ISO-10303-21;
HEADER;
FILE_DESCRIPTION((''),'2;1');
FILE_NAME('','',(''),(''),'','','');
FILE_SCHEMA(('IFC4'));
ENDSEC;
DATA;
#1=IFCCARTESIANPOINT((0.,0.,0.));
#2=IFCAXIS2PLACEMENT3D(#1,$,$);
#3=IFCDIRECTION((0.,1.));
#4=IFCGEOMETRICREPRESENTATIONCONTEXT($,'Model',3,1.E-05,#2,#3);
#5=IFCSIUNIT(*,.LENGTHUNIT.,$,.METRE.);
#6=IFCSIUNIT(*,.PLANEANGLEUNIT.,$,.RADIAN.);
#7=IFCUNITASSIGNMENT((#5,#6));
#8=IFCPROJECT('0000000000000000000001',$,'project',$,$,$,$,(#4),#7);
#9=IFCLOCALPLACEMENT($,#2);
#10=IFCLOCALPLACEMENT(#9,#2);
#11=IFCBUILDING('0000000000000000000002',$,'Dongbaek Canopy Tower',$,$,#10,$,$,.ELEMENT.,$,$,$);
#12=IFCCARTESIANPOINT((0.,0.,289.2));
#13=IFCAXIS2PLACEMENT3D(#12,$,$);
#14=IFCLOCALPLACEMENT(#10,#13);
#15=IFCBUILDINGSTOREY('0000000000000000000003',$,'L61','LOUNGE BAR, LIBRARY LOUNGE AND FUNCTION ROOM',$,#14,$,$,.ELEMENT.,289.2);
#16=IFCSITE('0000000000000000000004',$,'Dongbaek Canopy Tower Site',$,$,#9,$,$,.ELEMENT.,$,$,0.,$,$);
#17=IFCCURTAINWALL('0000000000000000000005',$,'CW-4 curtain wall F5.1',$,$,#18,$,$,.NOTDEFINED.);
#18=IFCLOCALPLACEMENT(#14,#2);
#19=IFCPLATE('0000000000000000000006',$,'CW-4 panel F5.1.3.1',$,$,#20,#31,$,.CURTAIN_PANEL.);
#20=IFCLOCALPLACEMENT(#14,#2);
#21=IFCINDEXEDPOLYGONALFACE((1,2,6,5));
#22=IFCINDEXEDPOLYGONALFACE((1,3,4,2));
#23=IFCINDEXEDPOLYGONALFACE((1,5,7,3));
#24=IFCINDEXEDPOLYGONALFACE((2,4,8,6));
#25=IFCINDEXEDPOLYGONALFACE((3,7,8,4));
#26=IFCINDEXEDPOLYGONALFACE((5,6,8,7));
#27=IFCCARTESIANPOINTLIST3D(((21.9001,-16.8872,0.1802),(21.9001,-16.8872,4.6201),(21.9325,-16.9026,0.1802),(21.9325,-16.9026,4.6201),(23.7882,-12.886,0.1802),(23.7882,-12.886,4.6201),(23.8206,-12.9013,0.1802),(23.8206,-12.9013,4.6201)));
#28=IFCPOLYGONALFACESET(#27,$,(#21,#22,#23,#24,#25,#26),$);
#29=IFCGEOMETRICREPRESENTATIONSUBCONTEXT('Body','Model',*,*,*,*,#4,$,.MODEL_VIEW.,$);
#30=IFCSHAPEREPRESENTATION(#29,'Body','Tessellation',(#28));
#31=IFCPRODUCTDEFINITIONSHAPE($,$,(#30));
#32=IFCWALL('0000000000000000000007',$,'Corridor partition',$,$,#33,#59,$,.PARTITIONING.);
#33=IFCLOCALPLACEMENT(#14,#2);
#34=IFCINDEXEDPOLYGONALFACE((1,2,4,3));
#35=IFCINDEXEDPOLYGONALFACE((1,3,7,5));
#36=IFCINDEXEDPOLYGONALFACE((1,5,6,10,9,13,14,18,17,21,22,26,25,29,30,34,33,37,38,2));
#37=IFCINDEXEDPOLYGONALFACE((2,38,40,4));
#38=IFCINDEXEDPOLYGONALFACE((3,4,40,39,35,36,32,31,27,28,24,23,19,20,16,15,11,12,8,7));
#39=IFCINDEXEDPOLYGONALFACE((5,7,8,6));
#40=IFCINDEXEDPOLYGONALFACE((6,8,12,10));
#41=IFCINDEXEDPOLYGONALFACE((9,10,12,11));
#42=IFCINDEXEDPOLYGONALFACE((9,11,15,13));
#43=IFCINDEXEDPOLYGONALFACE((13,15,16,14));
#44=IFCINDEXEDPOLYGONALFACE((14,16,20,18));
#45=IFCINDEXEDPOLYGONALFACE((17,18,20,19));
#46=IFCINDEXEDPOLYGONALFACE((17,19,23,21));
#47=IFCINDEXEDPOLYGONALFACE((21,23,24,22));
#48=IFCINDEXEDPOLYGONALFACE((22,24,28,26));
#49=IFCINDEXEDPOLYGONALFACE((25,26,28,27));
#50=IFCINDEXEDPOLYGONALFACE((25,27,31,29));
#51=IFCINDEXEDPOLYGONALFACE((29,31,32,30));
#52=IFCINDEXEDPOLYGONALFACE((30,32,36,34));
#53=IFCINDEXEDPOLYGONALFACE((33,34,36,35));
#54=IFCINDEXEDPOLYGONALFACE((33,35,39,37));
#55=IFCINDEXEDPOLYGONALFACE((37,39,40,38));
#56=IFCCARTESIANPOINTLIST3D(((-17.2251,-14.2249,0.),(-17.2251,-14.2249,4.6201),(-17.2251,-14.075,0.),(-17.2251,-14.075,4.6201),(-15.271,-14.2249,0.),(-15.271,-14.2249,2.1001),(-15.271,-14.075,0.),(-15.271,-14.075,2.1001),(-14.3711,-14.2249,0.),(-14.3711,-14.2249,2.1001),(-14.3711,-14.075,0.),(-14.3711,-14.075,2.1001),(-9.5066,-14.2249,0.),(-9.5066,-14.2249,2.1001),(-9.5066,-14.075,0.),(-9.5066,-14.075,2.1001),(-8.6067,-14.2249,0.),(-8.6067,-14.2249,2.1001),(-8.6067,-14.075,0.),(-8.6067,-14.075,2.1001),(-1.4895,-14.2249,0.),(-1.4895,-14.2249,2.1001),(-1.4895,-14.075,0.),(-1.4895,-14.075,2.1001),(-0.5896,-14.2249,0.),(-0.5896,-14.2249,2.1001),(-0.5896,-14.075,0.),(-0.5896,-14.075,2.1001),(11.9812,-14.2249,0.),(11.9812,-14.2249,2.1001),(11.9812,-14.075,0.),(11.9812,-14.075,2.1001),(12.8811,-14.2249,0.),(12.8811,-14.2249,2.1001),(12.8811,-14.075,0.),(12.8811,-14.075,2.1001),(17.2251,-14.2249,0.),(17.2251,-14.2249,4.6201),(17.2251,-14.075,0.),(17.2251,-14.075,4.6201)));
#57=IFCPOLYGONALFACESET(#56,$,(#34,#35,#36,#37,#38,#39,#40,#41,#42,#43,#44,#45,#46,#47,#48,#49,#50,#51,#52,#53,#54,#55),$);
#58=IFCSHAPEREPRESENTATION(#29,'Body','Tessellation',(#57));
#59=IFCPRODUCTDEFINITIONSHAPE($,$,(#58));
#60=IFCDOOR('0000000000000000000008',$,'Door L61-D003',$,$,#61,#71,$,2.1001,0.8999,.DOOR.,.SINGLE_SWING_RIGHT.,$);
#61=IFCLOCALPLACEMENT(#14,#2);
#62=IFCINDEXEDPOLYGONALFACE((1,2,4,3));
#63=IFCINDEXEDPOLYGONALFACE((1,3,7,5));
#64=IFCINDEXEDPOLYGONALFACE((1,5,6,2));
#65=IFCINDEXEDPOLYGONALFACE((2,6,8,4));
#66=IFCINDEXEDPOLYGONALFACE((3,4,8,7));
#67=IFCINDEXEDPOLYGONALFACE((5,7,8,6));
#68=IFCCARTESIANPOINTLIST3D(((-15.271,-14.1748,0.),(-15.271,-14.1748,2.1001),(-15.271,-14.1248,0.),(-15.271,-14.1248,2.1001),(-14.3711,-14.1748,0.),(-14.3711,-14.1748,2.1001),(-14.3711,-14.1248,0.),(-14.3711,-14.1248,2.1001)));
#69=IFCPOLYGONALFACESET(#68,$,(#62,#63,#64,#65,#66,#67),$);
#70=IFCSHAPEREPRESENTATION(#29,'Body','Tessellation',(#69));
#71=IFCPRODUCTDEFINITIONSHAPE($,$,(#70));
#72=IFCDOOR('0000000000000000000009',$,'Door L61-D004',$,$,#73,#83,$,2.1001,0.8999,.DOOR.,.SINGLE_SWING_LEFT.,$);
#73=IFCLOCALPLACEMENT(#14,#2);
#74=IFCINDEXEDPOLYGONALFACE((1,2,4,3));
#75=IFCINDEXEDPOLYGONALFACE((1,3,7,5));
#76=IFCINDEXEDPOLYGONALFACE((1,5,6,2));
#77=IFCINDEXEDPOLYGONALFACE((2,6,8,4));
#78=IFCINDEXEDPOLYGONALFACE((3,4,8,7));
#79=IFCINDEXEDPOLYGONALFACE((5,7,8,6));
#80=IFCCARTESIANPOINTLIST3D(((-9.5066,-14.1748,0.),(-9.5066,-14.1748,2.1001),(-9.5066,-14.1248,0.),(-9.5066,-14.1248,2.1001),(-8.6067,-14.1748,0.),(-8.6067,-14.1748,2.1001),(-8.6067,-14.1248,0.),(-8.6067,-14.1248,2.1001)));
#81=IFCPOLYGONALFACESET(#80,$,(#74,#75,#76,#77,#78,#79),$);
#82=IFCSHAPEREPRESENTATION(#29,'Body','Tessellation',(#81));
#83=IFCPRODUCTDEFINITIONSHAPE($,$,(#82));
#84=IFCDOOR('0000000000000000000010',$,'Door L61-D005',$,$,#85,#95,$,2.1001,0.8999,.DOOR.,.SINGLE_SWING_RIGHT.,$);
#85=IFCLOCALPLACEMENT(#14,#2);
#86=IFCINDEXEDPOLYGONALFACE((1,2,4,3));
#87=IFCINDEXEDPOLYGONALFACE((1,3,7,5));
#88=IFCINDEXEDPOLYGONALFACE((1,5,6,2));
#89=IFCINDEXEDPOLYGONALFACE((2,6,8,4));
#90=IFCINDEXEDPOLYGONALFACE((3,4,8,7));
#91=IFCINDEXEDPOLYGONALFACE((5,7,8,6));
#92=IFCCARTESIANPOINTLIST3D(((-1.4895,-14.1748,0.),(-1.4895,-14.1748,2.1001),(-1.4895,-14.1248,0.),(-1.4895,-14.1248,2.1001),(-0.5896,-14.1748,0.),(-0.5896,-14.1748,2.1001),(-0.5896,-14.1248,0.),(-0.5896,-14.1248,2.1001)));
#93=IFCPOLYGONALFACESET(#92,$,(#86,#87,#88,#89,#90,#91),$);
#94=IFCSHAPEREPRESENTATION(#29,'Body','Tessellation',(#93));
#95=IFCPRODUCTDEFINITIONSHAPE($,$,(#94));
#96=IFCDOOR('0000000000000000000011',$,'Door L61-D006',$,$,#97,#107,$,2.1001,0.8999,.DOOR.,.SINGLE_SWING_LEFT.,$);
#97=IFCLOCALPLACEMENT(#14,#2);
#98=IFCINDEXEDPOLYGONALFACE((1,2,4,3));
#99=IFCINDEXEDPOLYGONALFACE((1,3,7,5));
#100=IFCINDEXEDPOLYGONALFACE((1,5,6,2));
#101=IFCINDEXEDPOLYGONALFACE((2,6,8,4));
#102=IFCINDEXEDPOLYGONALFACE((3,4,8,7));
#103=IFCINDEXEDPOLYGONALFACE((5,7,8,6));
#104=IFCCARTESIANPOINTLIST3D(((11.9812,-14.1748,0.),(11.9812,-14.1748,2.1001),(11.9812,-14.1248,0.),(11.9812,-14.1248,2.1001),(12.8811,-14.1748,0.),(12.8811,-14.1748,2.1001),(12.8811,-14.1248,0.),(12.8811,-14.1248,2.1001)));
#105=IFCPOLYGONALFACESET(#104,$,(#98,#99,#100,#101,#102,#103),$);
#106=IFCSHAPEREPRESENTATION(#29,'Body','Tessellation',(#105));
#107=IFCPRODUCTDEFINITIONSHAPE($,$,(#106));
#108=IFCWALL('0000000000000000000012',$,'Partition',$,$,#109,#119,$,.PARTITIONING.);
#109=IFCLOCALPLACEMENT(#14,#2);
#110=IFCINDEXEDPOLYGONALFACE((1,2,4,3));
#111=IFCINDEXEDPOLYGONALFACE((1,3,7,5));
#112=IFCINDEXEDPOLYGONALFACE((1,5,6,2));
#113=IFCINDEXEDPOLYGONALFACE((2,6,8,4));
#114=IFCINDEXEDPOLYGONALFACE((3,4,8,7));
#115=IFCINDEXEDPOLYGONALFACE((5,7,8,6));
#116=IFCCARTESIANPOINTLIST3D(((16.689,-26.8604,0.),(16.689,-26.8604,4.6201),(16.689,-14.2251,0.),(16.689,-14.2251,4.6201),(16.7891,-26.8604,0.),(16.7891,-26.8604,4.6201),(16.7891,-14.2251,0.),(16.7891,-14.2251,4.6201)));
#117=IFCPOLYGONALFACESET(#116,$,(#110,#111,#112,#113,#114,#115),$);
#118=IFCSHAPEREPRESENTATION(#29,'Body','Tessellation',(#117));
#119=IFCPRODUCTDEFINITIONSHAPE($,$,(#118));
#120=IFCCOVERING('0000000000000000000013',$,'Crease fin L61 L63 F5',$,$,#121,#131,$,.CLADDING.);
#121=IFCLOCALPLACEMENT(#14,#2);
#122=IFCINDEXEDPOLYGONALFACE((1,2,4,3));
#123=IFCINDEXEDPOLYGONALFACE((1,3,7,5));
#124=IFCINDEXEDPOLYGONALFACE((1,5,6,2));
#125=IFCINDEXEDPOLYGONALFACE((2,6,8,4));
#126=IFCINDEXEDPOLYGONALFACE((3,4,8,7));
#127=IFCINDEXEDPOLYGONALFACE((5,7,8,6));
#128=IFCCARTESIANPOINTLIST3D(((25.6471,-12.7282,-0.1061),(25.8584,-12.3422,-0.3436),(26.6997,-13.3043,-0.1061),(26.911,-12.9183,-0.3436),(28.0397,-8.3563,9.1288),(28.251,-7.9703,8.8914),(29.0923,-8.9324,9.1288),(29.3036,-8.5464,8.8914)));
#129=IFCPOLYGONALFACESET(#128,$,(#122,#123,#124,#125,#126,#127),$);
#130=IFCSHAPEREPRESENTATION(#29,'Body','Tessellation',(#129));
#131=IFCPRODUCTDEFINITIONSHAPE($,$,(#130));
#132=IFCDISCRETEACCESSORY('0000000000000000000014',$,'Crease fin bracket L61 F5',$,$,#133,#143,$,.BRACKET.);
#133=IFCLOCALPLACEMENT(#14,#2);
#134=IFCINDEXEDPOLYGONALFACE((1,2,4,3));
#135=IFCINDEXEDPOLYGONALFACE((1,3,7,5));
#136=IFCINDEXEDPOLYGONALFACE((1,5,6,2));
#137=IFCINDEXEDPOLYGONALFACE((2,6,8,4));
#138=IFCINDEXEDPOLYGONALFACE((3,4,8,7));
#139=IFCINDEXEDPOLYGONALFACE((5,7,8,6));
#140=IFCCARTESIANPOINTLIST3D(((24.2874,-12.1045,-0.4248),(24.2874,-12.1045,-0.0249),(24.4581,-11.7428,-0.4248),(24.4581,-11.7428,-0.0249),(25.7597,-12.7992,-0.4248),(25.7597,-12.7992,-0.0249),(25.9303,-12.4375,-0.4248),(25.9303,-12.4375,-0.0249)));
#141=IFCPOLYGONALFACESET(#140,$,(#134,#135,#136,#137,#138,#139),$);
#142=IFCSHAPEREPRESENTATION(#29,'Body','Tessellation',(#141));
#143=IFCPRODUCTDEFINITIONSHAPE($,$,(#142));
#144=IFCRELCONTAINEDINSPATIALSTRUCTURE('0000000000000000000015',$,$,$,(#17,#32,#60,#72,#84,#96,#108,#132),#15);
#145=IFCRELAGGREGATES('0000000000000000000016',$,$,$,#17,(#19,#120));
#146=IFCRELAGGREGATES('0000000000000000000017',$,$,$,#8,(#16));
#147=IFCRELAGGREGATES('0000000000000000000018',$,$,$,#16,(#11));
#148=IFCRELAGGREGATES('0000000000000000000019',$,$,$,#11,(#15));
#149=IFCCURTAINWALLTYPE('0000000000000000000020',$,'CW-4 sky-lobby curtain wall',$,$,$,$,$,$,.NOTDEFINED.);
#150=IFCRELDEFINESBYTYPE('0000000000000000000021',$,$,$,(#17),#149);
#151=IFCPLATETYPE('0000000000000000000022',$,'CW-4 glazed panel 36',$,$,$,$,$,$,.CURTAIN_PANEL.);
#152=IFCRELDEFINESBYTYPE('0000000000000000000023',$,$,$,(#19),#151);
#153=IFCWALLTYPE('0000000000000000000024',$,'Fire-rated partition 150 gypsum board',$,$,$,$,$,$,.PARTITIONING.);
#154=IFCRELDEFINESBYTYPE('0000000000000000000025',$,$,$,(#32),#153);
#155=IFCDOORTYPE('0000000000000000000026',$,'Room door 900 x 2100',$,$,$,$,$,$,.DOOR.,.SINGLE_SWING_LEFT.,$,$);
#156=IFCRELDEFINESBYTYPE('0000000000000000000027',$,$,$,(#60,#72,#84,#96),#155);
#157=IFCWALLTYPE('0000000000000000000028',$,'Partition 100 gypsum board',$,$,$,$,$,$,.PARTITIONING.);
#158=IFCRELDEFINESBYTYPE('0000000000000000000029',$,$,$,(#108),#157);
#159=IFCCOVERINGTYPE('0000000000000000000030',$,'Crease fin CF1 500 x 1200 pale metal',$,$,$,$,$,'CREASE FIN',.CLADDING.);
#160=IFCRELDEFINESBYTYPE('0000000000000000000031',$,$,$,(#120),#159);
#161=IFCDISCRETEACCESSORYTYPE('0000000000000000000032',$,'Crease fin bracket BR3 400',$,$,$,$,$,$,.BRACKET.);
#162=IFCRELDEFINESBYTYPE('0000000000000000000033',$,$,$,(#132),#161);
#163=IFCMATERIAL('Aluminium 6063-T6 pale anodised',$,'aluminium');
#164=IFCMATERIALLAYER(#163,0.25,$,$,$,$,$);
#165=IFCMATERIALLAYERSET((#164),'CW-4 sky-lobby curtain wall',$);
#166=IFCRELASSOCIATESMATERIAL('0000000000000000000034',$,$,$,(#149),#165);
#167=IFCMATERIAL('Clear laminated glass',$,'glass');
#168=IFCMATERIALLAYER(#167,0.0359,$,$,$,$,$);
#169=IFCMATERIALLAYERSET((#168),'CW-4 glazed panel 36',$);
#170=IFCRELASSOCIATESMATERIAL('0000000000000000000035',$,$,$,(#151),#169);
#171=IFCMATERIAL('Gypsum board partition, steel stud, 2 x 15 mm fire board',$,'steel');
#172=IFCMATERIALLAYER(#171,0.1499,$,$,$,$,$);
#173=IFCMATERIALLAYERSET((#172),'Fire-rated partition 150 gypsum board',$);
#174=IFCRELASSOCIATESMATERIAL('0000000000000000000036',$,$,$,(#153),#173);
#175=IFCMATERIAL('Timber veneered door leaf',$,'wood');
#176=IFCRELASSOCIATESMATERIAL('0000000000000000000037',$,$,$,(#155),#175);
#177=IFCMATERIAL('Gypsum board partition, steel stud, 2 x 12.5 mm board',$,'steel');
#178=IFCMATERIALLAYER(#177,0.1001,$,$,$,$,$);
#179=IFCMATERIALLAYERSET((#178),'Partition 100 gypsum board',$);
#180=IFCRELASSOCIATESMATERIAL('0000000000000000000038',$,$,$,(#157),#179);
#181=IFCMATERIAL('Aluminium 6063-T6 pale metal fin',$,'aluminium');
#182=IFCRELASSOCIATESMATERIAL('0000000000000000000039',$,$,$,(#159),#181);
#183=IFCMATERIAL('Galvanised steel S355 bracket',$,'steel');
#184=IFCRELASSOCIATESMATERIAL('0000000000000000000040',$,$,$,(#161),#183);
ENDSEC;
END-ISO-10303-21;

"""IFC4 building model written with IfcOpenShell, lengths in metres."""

from ifc_helpers import new_model, si_unit, direction, frame, frame_2d, origin, origin_2d, place, context, subcontext, project, spatial, rectangle, extrude, material, layer, layer_set, material_profile, profile_set, type_object, element, fill, aggregate, save


model = new_model("IFC4")

# Units and contexts
model_context = context("Model", 3, precision=1e-05, world=origin(), true_north=direction((0.0, 1.0)))
body_context = subcontext(model_context, "Body", "Model", "MODEL_VIEW")
ifc_project = project(units=[si_unit("LENGTHUNIT", "METRE"), si_unit("PLANEANGLEUNIT", "RADIAN")], contexts=[model_context])

# Site, building, storey
site_placement = place(None, origin())
site = spatial("IfcSite", under=ifc_project, at=site_placement, Name="Dongbaek Canopy Tower Site", CompositionType="ELEMENT", RefElevation=0.0)
building_placement = place(site_placement, origin())
building = spatial("IfcBuilding", under=site, at=building_placement, Name="Dongbaek Canopy Tower", CompositionType="ELEMENT")
storey_placement = place(building_placement, frame((0.0, 0.0, 289.2)))
storey = spatial("IfcBuildingStorey", under=building, at=storey_placement, Name="L61", Description="LOUNGE BAR, LIBRARY LOUNGE AND FUNCTION ROOM", CompositionType="ELEMENT", Elevation=289.2)

# Curtain wall
ifc_material_1 = material(Name="Aluminium 6063-T6 pale anodised", Category="aluminium")
ifc_layer_1 = layer(ifc_material_1, 0.25)
ifc_layer_set_1 = layer_set([ifc_layer_1], Name="CW-4 sky-lobby curtain wall")
curtain_wall_type = type_object("IfcCurtainWallType", Name="CW-4 sky-lobby curtain wall", PredefinedType="NOTDEFINED", material=ifc_layer_set_1)
curtain_wall_1_placement = place(storey_placement, origin())
curtain_wall_1 = element("IfcCurtainWall", 1, at=curtain_wall_1_placement, inside=storey, type_object=curtain_wall_type, Name="CW-4 curtain wall F5.1", PredefinedType="NOTDEFINED")

# Plate
ifc_material_2 = material(Name="Clear laminated glass", Category="glass")
ifc_layer_2 = layer(ifc_material_2, 0.0359)
ifc_layer_set_2 = layer_set([ifc_layer_2], Name="CW-4 glazed panel 36")
plate_type = type_object("IfcPlateType", Name="CW-4 glazed panel 36", PredefinedType="CURTAIN_PANEL", material=ifc_layer_set_2)
plate_1_placement = place(storey_placement, frame((22.8604, -14.8943, 0.1802), z_axis=(0.0, 0.0, 1.0), x_axis=(0.426747, 0.904371, 0.0)))
plate_1 = element("IfcPlate", 2, at=plate_1_placement, type_object=plate_type, Name="CW-4 panel F5.1.3.1", PredefinedType="CURTAIN_PANEL", context=body_context, shape_type="SweptSolid", body=[
    extrude(rectangle(XDim=4.4243, YDim=0.0359, at=origin_2d()), origin(), (0.0, 0.0, 1.0), 4.4399),
])

# Wall, openings, doors
ifc_material_3 = material(Name="Gypsum board partition, steel stud, 2 x 15 mm fire board", Category="steel")
ifc_layer_3 = layer(ifc_material_3, 0.1499)
ifc_layer_set_3 = layer_set([ifc_layer_3], Name="Fire-rated partition 150 gypsum board")
wall_type_1 = type_object("IfcWallType", Name="Fire-rated partition 150 gypsum board", PredefinedType="PARTITIONING", material=ifc_layer_set_3)
wall_1_placement = place(storey_placement, frame((17.2251, -14.1499, 0.0), z_axis=(0.0, 0.0, 1.0), x_axis=(-1.0, 0.0, 0.0)))
wall_1 = element("IfcWall", 3, at=wall_1_placement, inside=storey, type_object=wall_type_1, Name="Corridor partition", PredefinedType="PARTITIONING", context=body_context, shape_type="SweptSolid", body=[
    extrude(rectangle(XDim=34.4502, YDim=0.1499, at=frame_2d((17.2251, 0.0))), origin(), (0.0, 0.0, 1.0), 4.6201),
])
opening_1_placement = place(wall_1_placement, frame((31.5962, 0.0, 0.0)))
opening_1 = element("IfcOpeningElement", 4, at=opening_1_placement, cuts=wall_1, PredefinedType="OPENING", context=body_context, shape_type="SweptSolid", body=[
    extrude(rectangle(XDim=0.8999, YDim=2.1001, at=frame_2d((0.45, 1.05))), frame((0.0, 0.085, 0.0), z_axis=(0.0, -1.0, 0.0), x_axis=(1.0, 0.0, 0.0)), (0.0, 0.0, 1.0), 0.1699),
])
opening_2_placement = place(wall_1_placement, frame((25.8318, 0.0, 0.0)))
opening_2 = element("IfcOpeningElement", 5, at=opening_2_placement, cuts=wall_1, PredefinedType="OPENING", context=body_context, shape_type="SweptSolid", body=[
    extrude(rectangle(XDim=0.8999, YDim=2.1001, at=frame_2d((0.45, 1.05))), frame((0.0, 0.085, 0.0), z_axis=(0.0, -1.0, 0.0), x_axis=(1.0, 0.0, 0.0)), (0.0, 0.0, 1.0), 0.1699),
])
opening_3_placement = place(wall_1_placement, frame((17.8147, 0.0, 0.0)))
opening_3 = element("IfcOpeningElement", 6, at=opening_3_placement, cuts=wall_1, PredefinedType="OPENING", context=body_context, shape_type="SweptSolid", body=[
    extrude(rectangle(XDim=0.8999, YDim=2.1001, at=frame_2d((0.45, 1.05))), frame((0.0, 0.085, 0.0), z_axis=(0.0, -1.0, 0.0), x_axis=(1.0, 0.0, 0.0)), (0.0, 0.0, 1.0), 0.1699),
])
opening_4_placement = place(wall_1_placement, frame((4.344, 0.0, 0.0)))
opening_4 = element("IfcOpeningElement", 7, at=opening_4_placement, cuts=wall_1, PredefinedType="OPENING", context=body_context, shape_type="SweptSolid", body=[
    extrude(rectangle(XDim=0.8999, YDim=2.1001, at=frame_2d((0.45, 1.05))), frame((0.0, 0.085, 0.0), z_axis=(0.0, -1.0, 0.0), x_axis=(1.0, 0.0, 0.0)), (0.0, 0.0, 1.0), 0.1699),
])
ifc_material_4 = material(Name="Timber veneered door leaf", Category="wood")
door_type = type_object("IfcDoorType", Name="Room door 900 x 2100", OperationType="SINGLE_SWING_LEFT", PredefinedType="DOOR", material=ifc_material_4)
door_1_placement = place(opening_1_placement, origin())
door_1 = element("IfcDoor", 8, at=door_1_placement, inside=storey, type_object=door_type, Name="Door L61-D003", OperationType="SINGLE_SWING_RIGHT", OverallHeight=2.1001, OverallWidth=0.8999, PredefinedType="DOOR", context=body_context, shape_type="SweptSolid", body=[
    extrude(rectangle(XDim=0.8999, YDim=2.1001, at=frame_2d((0.45, 1.05))), frame((0.0, 0.0249, 0.0), z_axis=(0.0, -1.0, 0.0), x_axis=(1.0, 0.0, 0.0)), (0.0, 0.0, 1.0), 0.05),
])
fill(opening_1, door_1)
door_2_placement = place(opening_2_placement, origin())
door_2 = element("IfcDoor", 9, at=door_2_placement, inside=storey, type_object=door_type, Name="Door L61-D004", OperationType="SINGLE_SWING_LEFT", OverallHeight=2.1001, OverallWidth=0.8999, PredefinedType="DOOR", context=body_context, shape_type="SweptSolid", body=[
    extrude(rectangle(XDim=0.8999, YDim=2.1001, at=frame_2d((0.45, 1.05))), frame((0.0, 0.0249, 0.0), z_axis=(0.0, -1.0, 0.0), x_axis=(1.0, 0.0, 0.0)), (0.0, 0.0, 1.0), 0.05),
])
fill(opening_2, door_2)
door_3_placement = place(opening_3_placement, origin())
door_3 = element("IfcDoor", 10, at=door_3_placement, inside=storey, type_object=door_type, Name="Door L61-D005", OperationType="SINGLE_SWING_RIGHT", OverallHeight=2.1001, OverallWidth=0.8999, PredefinedType="DOOR", context=body_context, shape_type="SweptSolid", body=[
    extrude(rectangle(XDim=0.8999, YDim=2.1001, at=frame_2d((0.45, 1.05))), frame((0.0, 0.0249, 0.0), z_axis=(0.0, -1.0, 0.0), x_axis=(1.0, 0.0, 0.0)), (0.0, 0.0, 1.0), 0.05),
])
fill(opening_3, door_3)
door_4_placement = place(opening_4_placement, origin())
door_4 = element("IfcDoor", 11, at=door_4_placement, inside=storey, type_object=door_type, Name="Door L61-D006", OperationType="SINGLE_SWING_LEFT", OverallHeight=2.1001, OverallWidth=0.8999, PredefinedType="DOOR", context=body_context, shape_type="SweptSolid", body=[
    extrude(rectangle(XDim=0.8999, YDim=2.1001, at=frame_2d((0.45, 1.05))), frame((0.0, 0.0249, 0.0), z_axis=(0.0, -1.0, 0.0), x_axis=(1.0, 0.0, 0.0)), (0.0, 0.0, 1.0), 0.05),
])
fill(opening_4, door_4)

# Wall
ifc_material_5 = material(Name="Gypsum board partition, steel stud, 2 x 12.5 mm board", Category="steel")
ifc_layer_4 = layer(ifc_material_5, 0.1001)
ifc_layer_set_4 = layer_set([ifc_layer_4], Name="Partition 100 gypsum board")
wall_type_2 = type_object("IfcWallType", Name="Partition 100 gypsum board", PredefinedType="PARTITIONING", material=ifc_layer_set_4)
wall_2_placement = place(storey_placement, frame((16.739, -26.8604, 0.0), z_axis=(0.0, 0.0, 1.0), x_axis=(0.0, 1.0, 0.0)))
element("IfcWall", 12, at=wall_2_placement, inside=storey, type_object=wall_type_2, Name="Partition", PredefinedType="PARTITIONING", context=body_context, shape_type="SweptSolid", body=[
    extrude(rectangle(XDim=12.6353, YDim=0.1001, at=frame_2d((6.3176, 0.0))), origin(), (0.0, 0.0, 1.0), 4.6201),
])

# Covering
ifc_material_6 = material(Name="Aluminium 6063-T6 pale metal fin", Category="aluminium")
ifc_material_profile_1 = material_profile(ifc_material_6, rectangle(XDim=1.2, YDim=0.5, at=origin_2d()), Name="Crease fin CF1 500 x 1200 pale metal")
ifc_profile_set_1 = profile_set([ifc_material_profile_1], Name="Aluminium 6063-T6 pale metal fin")
covering_type = type_object("IfcCoveringType", Name="Crease fin CF1 500 x 1200 pale metal", ElementType="CREASE FIN", PredefinedType="CLADDING", material=ifc_profile_set_1)
covering_placement = place(storey_placement, frame((26.2791, -12.8232, -0.2249), z_axis=(0.227999, 0.41661, 0.88003), x_axis=(-0.877224, 0.48008, 0.0)))
covering = element("IfcCovering", 13, at=covering_placement, type_object=covering_type, Name="Crease fin L61 L63 F5", PredefinedType="CLADDING", context=body_context, shape_type="SweptSolid", body=[
    extrude(rectangle(XDim=1.2, YDim=0.5, at=origin_2d()), origin(), (0.0, 0.0, 1.0), 10.4939),
])
aggregate(curtain_wall_1, [plate_1, covering])

# Discrete accessory
ifc_material_7 = material(Name="Galvanised steel S355 bracket", Category="steel")
discrete_accessory_type = type_object("IfcDiscreteAccessoryType", Name="Crease fin bracket BR3 400", PredefinedType="BRACKET", material=ifc_material_7)
discrete_accessory_placement = place(storey_placement, frame((25.1089, -12.271, -0.4248), z_axis=(0.0, 0.0, 1.0), x_axis=(0.904371, -0.426747, 0.0)))
element("IfcDiscreteAccessory", 14, at=discrete_accessory_placement, inside=storey, type_object=discrete_accessory_type, Name="Crease fin bracket L61 F5", PredefinedType="BRACKET", context=body_context, shape_type="SweptSolid", body=[
    extrude(rectangle(XDim=1.6279, YDim=0.3999, at=origin_2d()), origin(), (0.0, 0.0, 1.0), 0.3999),
])

save(model, "model.ifc")
